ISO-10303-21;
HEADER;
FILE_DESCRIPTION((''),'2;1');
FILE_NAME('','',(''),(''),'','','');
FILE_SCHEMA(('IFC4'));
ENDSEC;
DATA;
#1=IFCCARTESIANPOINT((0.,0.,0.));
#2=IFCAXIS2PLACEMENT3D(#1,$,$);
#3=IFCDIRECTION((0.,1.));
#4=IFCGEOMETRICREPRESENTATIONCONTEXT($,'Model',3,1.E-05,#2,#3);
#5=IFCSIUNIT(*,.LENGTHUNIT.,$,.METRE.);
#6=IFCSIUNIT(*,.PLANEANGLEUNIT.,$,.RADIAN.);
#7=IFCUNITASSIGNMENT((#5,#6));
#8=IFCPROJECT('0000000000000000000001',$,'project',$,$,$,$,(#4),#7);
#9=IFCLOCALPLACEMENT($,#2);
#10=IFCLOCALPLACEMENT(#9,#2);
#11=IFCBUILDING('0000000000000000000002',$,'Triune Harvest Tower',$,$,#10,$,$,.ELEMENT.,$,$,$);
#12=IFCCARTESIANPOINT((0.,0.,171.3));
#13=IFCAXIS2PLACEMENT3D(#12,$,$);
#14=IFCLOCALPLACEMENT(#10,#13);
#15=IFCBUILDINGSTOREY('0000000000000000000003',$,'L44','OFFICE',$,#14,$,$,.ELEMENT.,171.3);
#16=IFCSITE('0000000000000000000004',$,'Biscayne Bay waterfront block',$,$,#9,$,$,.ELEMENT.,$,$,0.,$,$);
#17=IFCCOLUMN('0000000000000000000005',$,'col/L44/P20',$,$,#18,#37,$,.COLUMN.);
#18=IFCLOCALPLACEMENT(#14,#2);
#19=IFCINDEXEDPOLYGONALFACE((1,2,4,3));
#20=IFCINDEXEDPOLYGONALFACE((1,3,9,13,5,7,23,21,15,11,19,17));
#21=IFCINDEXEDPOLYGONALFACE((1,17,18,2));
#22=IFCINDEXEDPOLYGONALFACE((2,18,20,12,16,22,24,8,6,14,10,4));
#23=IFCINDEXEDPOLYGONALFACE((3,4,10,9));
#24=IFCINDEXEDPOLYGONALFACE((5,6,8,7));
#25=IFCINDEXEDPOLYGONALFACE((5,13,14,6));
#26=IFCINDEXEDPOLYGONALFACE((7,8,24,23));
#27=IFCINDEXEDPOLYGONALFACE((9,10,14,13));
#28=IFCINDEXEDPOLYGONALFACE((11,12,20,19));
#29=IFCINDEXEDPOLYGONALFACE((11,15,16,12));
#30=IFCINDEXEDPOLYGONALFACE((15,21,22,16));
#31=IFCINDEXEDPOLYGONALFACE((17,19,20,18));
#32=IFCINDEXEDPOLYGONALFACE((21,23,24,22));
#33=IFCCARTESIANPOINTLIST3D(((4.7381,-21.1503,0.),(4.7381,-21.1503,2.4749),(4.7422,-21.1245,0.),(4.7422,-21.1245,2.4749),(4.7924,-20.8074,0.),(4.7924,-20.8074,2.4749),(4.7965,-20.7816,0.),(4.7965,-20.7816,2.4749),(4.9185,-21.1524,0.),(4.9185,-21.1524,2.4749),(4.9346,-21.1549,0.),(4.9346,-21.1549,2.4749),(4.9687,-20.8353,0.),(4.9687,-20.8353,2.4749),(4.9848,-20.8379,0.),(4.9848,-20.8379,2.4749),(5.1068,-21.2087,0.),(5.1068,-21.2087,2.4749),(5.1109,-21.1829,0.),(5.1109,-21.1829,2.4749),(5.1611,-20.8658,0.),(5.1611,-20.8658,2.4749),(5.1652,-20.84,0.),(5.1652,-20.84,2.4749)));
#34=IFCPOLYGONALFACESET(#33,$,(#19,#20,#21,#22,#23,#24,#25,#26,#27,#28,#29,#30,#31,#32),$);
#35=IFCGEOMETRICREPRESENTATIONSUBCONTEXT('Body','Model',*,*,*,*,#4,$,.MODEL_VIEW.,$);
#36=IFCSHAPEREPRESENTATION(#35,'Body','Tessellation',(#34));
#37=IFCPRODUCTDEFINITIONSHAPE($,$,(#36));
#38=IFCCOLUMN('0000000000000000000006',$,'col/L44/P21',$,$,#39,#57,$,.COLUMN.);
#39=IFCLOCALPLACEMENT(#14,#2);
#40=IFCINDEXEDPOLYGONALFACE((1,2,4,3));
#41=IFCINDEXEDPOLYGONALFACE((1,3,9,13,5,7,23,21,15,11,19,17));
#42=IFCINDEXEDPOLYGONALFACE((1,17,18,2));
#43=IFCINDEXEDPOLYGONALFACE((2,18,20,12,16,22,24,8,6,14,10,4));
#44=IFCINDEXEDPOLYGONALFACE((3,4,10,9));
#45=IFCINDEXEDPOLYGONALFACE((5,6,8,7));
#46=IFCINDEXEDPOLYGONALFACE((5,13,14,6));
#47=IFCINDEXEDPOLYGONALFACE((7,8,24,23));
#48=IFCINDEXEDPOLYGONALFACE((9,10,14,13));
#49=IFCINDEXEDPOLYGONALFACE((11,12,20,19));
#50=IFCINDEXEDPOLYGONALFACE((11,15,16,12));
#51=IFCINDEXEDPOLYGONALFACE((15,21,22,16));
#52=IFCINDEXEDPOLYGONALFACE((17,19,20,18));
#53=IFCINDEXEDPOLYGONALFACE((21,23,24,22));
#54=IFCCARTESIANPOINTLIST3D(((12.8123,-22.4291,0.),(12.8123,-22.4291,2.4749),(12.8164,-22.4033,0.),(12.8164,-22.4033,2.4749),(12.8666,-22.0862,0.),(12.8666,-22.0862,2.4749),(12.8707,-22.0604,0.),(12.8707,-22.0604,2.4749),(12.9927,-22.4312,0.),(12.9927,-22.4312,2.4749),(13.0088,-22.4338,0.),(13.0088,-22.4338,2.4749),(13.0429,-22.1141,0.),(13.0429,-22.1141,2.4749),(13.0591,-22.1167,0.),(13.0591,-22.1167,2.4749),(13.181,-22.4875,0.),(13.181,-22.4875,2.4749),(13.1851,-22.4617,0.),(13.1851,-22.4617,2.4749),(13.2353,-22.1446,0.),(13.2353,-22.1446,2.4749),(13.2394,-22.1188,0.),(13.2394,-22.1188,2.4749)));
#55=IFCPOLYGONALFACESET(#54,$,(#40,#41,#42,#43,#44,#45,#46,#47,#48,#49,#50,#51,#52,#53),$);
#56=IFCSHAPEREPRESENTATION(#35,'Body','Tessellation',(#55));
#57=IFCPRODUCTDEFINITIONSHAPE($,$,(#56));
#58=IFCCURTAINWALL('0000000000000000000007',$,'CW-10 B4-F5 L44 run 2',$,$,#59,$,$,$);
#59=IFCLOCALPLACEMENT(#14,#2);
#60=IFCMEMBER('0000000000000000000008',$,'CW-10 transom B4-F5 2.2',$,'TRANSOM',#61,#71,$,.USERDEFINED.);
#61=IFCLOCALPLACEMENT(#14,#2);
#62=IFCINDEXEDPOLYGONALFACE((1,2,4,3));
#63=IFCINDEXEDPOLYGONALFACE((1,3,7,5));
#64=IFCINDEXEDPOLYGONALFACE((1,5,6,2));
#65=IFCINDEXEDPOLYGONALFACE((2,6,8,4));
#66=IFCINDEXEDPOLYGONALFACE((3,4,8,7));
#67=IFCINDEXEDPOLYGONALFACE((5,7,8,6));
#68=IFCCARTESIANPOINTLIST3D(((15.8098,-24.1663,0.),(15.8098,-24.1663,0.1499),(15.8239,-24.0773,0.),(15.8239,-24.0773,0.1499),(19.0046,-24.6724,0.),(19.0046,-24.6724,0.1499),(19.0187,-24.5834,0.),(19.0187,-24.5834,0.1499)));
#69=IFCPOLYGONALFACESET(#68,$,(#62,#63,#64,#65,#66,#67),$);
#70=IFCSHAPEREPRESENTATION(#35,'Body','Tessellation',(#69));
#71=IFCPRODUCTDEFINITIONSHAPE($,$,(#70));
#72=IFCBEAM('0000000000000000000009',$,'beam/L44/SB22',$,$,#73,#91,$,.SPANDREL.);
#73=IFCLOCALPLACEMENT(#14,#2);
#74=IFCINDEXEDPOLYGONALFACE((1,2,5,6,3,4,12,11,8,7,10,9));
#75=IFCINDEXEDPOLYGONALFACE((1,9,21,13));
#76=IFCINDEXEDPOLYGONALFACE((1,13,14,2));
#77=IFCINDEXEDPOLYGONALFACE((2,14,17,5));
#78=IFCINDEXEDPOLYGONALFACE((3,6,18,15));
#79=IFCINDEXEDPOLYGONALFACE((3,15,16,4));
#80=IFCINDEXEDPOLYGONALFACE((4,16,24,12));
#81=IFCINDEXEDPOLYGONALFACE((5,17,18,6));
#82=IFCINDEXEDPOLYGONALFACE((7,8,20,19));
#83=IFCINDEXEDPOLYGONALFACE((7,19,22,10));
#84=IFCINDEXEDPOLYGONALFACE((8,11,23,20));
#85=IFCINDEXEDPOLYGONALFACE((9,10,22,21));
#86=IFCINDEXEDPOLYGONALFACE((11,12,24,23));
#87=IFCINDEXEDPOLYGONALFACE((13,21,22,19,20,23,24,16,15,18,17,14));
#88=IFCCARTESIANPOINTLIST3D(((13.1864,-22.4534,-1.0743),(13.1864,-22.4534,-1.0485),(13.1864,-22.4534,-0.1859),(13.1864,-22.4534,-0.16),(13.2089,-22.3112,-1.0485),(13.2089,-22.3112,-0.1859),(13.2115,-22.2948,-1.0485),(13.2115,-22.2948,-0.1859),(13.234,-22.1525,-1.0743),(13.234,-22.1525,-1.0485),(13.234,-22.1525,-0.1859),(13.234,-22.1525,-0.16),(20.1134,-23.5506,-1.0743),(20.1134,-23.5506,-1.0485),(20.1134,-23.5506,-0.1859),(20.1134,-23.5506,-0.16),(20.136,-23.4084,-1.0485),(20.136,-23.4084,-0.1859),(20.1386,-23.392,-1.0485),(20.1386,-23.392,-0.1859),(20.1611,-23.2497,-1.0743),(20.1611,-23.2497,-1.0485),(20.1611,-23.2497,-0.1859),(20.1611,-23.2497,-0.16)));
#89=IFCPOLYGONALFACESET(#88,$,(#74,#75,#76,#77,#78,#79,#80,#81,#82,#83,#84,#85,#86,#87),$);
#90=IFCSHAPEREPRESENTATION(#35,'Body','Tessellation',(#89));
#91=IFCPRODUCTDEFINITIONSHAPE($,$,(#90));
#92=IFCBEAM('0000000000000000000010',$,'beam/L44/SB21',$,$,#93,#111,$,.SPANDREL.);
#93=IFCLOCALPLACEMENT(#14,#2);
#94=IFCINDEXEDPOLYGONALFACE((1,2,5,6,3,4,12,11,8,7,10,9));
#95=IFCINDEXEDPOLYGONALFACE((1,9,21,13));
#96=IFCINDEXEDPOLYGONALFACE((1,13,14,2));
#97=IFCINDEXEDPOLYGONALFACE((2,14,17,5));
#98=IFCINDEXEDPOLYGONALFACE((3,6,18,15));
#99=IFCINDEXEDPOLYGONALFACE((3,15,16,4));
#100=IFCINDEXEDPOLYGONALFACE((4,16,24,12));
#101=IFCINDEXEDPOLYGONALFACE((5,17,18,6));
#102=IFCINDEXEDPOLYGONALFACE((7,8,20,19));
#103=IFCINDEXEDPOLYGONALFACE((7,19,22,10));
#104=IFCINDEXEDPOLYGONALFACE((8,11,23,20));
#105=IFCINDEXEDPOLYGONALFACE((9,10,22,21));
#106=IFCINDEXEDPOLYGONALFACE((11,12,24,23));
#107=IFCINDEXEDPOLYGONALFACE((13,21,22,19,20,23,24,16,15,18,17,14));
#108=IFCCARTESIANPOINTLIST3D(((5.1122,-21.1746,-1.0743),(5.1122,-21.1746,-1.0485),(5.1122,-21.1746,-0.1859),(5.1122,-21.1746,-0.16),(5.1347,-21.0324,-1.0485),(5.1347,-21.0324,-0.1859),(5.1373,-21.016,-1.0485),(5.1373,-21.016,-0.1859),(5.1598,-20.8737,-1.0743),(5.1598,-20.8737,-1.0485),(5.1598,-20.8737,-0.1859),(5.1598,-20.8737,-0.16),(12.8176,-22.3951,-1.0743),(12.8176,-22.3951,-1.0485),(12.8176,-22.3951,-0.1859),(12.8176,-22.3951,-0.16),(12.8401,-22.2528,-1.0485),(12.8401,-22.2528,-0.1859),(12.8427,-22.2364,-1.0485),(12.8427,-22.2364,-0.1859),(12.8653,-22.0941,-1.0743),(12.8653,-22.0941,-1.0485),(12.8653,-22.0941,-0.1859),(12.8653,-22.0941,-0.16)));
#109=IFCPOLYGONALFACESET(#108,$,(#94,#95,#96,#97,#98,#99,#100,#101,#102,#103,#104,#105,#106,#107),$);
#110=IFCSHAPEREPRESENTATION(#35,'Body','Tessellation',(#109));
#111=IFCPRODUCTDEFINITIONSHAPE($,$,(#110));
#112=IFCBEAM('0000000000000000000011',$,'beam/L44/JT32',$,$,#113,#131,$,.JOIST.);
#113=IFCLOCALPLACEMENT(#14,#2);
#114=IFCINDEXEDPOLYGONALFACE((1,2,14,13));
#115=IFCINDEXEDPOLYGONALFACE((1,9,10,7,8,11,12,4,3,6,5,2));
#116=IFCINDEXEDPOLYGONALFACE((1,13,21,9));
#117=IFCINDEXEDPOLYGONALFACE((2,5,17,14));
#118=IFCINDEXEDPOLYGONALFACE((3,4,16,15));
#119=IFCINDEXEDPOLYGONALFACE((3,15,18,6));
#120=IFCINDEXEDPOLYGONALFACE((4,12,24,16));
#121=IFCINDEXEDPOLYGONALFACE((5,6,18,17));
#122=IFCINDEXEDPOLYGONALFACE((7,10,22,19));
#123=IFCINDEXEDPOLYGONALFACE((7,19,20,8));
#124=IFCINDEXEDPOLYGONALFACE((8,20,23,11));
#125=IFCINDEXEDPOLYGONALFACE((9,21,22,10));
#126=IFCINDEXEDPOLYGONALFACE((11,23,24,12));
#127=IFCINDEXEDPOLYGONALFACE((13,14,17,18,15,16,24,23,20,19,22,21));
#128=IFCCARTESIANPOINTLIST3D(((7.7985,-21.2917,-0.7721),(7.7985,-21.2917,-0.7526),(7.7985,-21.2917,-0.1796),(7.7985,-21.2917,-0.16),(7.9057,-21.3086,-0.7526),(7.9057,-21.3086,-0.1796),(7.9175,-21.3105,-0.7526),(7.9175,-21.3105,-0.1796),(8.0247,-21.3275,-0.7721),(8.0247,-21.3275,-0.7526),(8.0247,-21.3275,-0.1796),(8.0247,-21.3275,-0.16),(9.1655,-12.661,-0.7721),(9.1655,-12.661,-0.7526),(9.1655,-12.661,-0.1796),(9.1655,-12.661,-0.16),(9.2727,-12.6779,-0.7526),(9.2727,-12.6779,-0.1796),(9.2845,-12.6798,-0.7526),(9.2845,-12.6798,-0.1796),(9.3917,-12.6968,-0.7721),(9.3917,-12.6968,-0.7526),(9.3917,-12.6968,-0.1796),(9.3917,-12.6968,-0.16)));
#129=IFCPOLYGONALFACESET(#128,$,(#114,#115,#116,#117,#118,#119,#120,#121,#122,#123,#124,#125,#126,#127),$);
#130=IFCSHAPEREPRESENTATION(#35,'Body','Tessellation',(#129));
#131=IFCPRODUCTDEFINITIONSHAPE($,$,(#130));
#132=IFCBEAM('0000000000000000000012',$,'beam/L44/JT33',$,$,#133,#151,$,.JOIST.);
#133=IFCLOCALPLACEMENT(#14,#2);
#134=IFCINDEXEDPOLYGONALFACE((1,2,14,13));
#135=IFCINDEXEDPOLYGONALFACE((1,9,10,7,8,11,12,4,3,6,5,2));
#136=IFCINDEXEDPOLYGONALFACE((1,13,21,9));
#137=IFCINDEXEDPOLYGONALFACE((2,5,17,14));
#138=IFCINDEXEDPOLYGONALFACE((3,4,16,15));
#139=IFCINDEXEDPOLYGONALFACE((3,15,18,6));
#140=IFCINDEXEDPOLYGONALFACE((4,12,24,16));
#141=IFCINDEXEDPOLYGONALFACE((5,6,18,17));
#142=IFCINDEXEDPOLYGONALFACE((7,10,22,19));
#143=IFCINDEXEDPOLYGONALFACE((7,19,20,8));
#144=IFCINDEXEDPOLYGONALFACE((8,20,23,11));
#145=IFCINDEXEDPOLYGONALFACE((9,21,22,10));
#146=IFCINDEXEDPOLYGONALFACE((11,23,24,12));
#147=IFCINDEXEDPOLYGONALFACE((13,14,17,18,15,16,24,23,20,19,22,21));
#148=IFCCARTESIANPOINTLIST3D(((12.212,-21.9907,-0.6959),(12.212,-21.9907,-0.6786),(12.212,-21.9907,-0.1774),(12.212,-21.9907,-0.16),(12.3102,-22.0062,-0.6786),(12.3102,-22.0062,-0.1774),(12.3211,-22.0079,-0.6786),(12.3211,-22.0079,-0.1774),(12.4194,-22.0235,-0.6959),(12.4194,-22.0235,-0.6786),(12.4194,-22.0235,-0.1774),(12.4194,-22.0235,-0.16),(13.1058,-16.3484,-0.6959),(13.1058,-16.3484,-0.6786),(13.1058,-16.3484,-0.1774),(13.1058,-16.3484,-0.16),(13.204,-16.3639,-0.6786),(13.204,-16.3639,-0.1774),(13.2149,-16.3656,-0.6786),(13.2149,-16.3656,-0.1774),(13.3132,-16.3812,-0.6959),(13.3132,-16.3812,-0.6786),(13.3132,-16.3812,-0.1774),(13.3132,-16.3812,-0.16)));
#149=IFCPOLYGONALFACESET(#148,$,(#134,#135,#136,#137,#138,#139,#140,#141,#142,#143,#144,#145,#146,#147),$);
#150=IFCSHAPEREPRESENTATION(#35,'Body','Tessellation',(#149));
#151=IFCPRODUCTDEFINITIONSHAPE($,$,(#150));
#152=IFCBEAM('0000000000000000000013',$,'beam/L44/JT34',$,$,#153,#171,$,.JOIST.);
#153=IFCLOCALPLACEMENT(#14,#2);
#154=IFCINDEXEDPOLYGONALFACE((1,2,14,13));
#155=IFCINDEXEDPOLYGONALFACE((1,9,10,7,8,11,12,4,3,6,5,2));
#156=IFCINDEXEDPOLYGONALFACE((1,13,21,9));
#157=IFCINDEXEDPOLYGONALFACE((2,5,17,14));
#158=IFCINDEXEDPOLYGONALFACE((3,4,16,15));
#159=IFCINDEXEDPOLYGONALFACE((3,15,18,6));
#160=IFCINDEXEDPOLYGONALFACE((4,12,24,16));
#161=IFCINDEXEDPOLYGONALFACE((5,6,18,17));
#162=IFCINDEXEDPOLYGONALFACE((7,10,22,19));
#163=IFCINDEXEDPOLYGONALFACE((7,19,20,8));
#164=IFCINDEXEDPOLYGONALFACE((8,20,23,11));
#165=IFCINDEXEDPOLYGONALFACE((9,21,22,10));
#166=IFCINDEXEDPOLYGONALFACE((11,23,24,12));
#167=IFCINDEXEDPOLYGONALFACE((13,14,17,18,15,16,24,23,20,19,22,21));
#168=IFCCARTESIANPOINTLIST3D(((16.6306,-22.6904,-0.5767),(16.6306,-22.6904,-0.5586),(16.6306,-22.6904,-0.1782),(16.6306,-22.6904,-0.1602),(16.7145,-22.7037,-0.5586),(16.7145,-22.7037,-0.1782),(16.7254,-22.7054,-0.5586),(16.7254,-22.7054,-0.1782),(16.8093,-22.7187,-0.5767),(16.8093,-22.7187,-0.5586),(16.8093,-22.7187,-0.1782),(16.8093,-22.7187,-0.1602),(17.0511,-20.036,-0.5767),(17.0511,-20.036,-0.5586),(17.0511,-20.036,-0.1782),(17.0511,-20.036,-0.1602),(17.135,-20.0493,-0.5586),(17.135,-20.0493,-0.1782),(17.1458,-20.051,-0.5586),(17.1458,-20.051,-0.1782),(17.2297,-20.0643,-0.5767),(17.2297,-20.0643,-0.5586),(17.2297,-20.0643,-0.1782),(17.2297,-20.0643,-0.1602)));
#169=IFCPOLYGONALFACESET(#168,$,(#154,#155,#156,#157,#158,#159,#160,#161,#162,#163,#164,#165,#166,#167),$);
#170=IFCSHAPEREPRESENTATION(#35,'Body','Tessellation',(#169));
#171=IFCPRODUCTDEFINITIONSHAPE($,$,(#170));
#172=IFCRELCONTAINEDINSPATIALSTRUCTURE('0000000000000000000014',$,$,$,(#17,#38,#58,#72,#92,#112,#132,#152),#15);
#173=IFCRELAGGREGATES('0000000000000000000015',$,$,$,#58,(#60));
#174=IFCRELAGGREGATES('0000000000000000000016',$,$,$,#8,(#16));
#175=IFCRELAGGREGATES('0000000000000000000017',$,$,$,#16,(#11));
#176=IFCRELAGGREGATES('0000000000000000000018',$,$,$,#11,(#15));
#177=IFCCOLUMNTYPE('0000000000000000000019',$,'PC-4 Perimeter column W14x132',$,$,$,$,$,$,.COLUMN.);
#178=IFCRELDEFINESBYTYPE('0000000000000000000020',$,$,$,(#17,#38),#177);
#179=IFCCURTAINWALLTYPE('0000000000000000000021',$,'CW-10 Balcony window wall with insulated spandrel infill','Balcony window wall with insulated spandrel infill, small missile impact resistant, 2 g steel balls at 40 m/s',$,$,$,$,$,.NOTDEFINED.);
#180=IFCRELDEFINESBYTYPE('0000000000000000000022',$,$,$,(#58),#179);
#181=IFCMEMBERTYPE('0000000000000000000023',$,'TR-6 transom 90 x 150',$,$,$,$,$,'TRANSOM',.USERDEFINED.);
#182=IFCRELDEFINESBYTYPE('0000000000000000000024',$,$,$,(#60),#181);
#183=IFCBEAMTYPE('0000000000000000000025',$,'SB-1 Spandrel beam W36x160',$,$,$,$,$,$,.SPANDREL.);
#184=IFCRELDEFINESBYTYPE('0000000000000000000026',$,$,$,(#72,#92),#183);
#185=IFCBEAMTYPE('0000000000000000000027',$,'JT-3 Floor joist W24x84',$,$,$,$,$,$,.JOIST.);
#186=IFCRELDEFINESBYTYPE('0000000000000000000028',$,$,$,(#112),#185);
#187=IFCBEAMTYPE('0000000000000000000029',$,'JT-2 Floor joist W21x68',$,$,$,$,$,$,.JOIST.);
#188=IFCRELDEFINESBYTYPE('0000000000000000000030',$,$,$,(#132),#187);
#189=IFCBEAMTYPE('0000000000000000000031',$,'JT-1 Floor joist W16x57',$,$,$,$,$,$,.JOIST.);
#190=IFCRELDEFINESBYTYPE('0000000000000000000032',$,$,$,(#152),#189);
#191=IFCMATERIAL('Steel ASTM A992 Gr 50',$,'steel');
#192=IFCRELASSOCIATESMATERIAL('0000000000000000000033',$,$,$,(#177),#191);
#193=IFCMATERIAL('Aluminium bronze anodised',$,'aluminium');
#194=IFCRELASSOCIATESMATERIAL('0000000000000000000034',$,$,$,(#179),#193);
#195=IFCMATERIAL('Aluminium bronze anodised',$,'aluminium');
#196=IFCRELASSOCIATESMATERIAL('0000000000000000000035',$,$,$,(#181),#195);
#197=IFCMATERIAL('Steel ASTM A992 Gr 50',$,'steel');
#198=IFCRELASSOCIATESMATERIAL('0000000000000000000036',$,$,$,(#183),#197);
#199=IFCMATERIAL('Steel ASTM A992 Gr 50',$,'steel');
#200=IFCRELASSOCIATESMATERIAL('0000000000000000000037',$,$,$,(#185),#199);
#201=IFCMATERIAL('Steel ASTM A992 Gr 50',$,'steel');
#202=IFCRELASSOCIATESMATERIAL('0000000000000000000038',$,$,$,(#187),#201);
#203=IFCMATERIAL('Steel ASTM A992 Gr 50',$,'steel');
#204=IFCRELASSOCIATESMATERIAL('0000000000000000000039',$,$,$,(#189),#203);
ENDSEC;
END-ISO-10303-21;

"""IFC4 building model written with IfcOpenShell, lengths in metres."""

from ifc_helpers import new_model, si_unit, direction, frame, origin, origin_2d, place, context, subcontext, project, spatial, rectangle, i_section, extrude, source, transform, mapped, material, material_profile, profile_set, type_object, element, aggregate, save


model = new_model("IFC4")

# Units and contexts
model_context = context("Model", 3, precision=1e-05, world=origin(), true_north=direction((0.0, 1.0)))
body_context = subcontext(model_context, "Body", "Model", "MODEL_VIEW")
ifc_project = project(units=[si_unit("LENGTHUNIT", "METRE"), si_unit("PLANEANGLEUNIT", "RADIAN")], contexts=[model_context])

# Site, building, storey
site_placement = place(None, origin())
site = spatial("IfcSite", under=ifc_project, at=site_placement, Name="Biscayne Bay waterfront block", CompositionType="ELEMENT", RefElevation=0.0)
building_placement = place(site_placement, origin())
building = spatial("IfcBuilding", under=site, at=building_placement, Name="Triune Harvest Tower", CompositionType="ELEMENT")
storey_placement = place(building_placement, frame((0.0, 0.0, 171.3)))
storey = spatial("IfcBuildingStorey", under=building, at=storey_placement, Name="L44", Description="OFFICE", CompositionType="ELEMENT", Elevation=171.3)

# Columns
ifc_material_1 = material(Name="Steel ASTM A992 Gr 50", Category="steel")
ifc_material_profile_1 = material_profile(ifc_material_1, i_section(OverallWidth=0.3733, OverallDepth=0.3733, WebThickness=0.0164, FlangeThickness=0.0261, at=origin_2d()), Name="W14x132")
ifc_profile_set_1 = profile_set([ifc_material_profile_1], Name="Steel ASTM A992 Gr 50")
column_type = type_object("IfcColumnType", Name="PC-4 Perimeter column W14x132", PredefinedType="COLUMN", material=ifc_profile_set_1)
shared_shape_1 = source(origin(), body_context, "Body", "SweptSolid", [
    extrude(i_section(OverallWidth=0.3733, OverallDepth=0.3733, WebThickness=0.0164, FlangeThickness=0.0261, at=origin_2d()), origin(), (0.0, 0.0, 1.0), 2.4749),
])
for number, where, z_axis, x_axis, name in (
    (1, (4.9517, -20.9951, 0.0), (0.0, 0.0, 1.0), (0.987688, -0.156434, 0.0), "col/L44/P20"),
    (2, (13.0259, -22.2739, 0.0), (0.0, 0.0, 1.0), (0.987688, -0.156434, 0.0), "col/L44/P21"),
):
    element("IfcColumn", number, at=place(storey_placement, frame(where, z_axis=z_axis, x_axis=x_axis)), inside=storey, type_object=column_type, Name=name, PredefinedType="COLUMN", context=body_context, shape_type="MappedRepresentation", body=[
        mapped(shared_shape_1, transform((0.0, 0.0, 0.0), scale=1.0)),
    ])

# Curtain wall, member
ifc_material_2 = material(Name="Aluminium bronze anodised", Category="aluminium")
curtain_wall_type_1 = type_object("IfcCurtainWallType", Name="CW-10 Balcony window wall with insulated spandrel infill", Description="Balcony window wall with insulated spandrel infill, small missile impact resistant, 2 g steel balls at 40 m/s", PredefinedType="NOTDEFINED", material=ifc_material_2)
curtain_wall_1_placement = place(storey_placement, origin())
curtain_wall_1 = element("IfcCurtainWall", 3, at=curtain_wall_1_placement, inside=storey, type_object=curtain_wall_type_1, Name="CW-10 B4-F5 L44 run 2")
ifc_material_3 = material(Name="Aluminium bronze anodised", Category="aluminium")
ifc_material_profile_2 = material_profile(ifc_material_3, rectangle(XDim=0.0901, YDim=0.1499, at=origin_2d()), Name="TR-6 transom 90 x 150")
ifc_profile_set_2 = profile_set([ifc_material_profile_2], Name="Aluminium bronze anodised")
member_type_1 = type_object("IfcMemberType", Name="TR-6 transom 90 x 150", ElementType="TRANSOM", PredefinedType="USERDEFINED", material=ifc_profile_set_2)
member_1_placement = place(storey_placement, frame((15.8169, -24.1218, 0.075), z_axis=(0.987684, -0.156463, 0.0), x_axis=(0.156463, 0.987684, 0.0)))
member_1 = element("IfcMember", 4, at=member_1_placement, type_object=member_type_1, Name="CW-10 transom B4-F5 2.2", ObjectType="TRANSOM", PredefinedType="USERDEFINED", context=body_context, shape_type="SweptSolid", body=[
    extrude(rectangle(XDim=0.0901, YDim=0.1499, at=origin_2d()), origin(), (0.0, 0.0, 1.0), 3.2346),
])

# Beams
ifc_material_4 = material(Name="Steel ASTM A992 Gr 50", Category="steel")
ifc_material_profile_3 = material_profile(ifc_material_4, i_section(OverallWidth=0.3047, OverallDepth=0.9143, WebThickness=0.0166, FlangeThickness=0.0259, at=origin_2d()), Name="W36x160")
ifc_profile_set_3 = profile_set([ifc_material_profile_3], Name="Steel ASTM A992 Gr 50")
beam_type_1 = type_object("IfcBeamType", Name="SB-1 Spandrel beam W36x160", PredefinedType="SPANDREL", material=ifc_profile_set_3)
shared_shape_2 = source(origin(), body_context, "Body", "SweptSolid", [
    extrude(i_section(OverallWidth=0.3047, OverallDepth=0.9143, WebThickness=0.0166, FlangeThickness=0.0259, at=origin_2d()), origin(), (0.0, 0.0, 1.0), 7.0134),
])
beam_1_placement = place(storey_placement, frame((13.2102, -22.303, -0.6172), z_axis=(0.987687, -0.15644, 0.0), x_axis=(0.15644, 0.987687, 0.0)))
element("IfcBeam", 5, at=beam_1_placement, inside=storey, type_object=beam_type_1, Name="beam/L44/SB22", PredefinedType="SPANDREL", context=body_context, shape_type="MappedRepresentation", body=[
    mapped(shared_shape_2, transform((0.0, 0.0, 0.0), scale=1.0)),
])
shared_shape_3 = source(origin(), body_context, "Body", "SweptSolid", [
    extrude(i_section(OverallWidth=0.3047, OverallDepth=0.9143, WebThickness=0.0166, FlangeThickness=0.0259, at=origin_2d()), origin(), (0.0, 0.0, 1.0), 7.8015),
])
beam_2_placement = place(storey_placement, frame((5.136, -21.0242, -0.6172), z_axis=(0.987688, -0.156437, 0.0), x_axis=(0.156437, 0.987688, 0.0)))
element("IfcBeam", 6, at=beam_2_placement, inside=storey, type_object=beam_type_1, Name="beam/L44/SB21", PredefinedType="SPANDREL", context=body_context, shape_type="MappedRepresentation", body=[
    mapped(shared_shape_3, transform((0.0, 0.0, 0.0), scale=1.0)),
])
ifc_material_5 = material(Name="Steel ASTM A992 Gr 50", Category="steel")
ifc_material_profile_4 = material_profile(ifc_material_5, i_section(OverallWidth=0.229, OverallDepth=0.6121, WebThickness=0.012, FlangeThickness=0.0195, at=origin_2d()), Name="W24x84")
ifc_profile_set_4 = profile_set([ifc_material_profile_4], Name="Steel ASTM A992 Gr 50")
beam_type_2 = type_object("IfcBeamType", Name="JT-3 Floor joist W24x84", PredefinedType="JOIST", material=ifc_profile_set_4)
shared_shape_4 = source(origin(), body_context, "Body", "SweptSolid", [
    extrude(i_section(OverallWidth=0.229, OverallDepth=0.6121, WebThickness=0.012, FlangeThickness=0.0195, at=origin_2d()), origin(), (0.0, 0.0, 1.0), 8.7383),
])
beam_3_placement = place(storey_placement, frame((7.9116, -21.3096, -0.4661), z_axis=(0.156433, 0.987689, 0.0), x_axis=(-0.987689, 0.156433, 0.0)))
element("IfcBeam", 7, at=beam_3_placement, inside=storey, type_object=beam_type_2, Name="beam/L44/JT32", PredefinedType="JOIST", context=body_context, shape_type="MappedRepresentation", body=[
    mapped(shared_shape_4, transform((0.0, 0.0, 0.0), scale=1.0)),
])
ifc_material_6 = material(Name="Steel ASTM A992 Gr 50", Category="steel")
ifc_material_profile_5 = material_profile(ifc_material_6, i_section(OverallWidth=0.21, OverallDepth=0.5359, WebThickness=0.011, FlangeThickness=0.0173, at=origin_2d()), Name="W21x68")
ifc_profile_set_5 = profile_set([ifc_material_profile_5], Name="Steel ASTM A992 Gr 50")
beam_type_3 = type_object("IfcBeamType", Name="JT-2 Floor joist W21x68", PredefinedType="JOIST", material=ifc_profile_set_5)
shared_shape_5 = source(origin(), body_context, "Body", "SweptSolid", [
    extrude(i_section(OverallWidth=0.21, OverallDepth=0.5359, WebThickness=0.011, FlangeThickness=0.0173, at=origin_2d()), origin(), (0.0, 0.0, 1.0), 5.7126),
])
beam_4_placement = place(storey_placement, frame((12.3157, -22.0071, -0.428), z_axis=(0.156459, 0.987685, 0.0), x_axis=(-0.987685, 0.156459, 0.0)))
element("IfcBeam", 8, at=beam_4_placement, inside=storey, type_object=beam_type_3, Name="beam/L44/JT33", PredefinedType="JOIST", context=body_context, shape_type="MappedRepresentation", body=[
    mapped(shared_shape_5, transform((0.0, 0.0, 0.0), scale=1.0)),
])
ifc_material_7 = material(Name="Steel ASTM A992 Gr 50", Category="steel")
ifc_material_profile_6 = material_profile(ifc_material_7, i_section(OverallWidth=0.1809, OverallDepth=0.4165, WebThickness=0.011, FlangeThickness=0.0181, at=origin_2d()), Name="W16x57")
ifc_profile_set_6 = profile_set([ifc_material_profile_6], Name="Steel ASTM A992 Gr 50")
beam_type_4 = type_object("IfcBeamType", Name="JT-1 Floor joist W16x57", PredefinedType="JOIST", material=ifc_profile_set_6)
shared_shape_6 = source(origin(), body_context, "Body", "SweptSolid", [
    extrude(i_section(OverallWidth=0.1809, OverallDepth=0.4165, WebThickness=0.011, FlangeThickness=0.0181, at=origin_2d()), origin(), (0.0, 0.0, 1.0), 2.6875),
])
beam_5_placement = place(storey_placement, frame((16.72, -22.7046, -0.3684), z_axis=(0.156438, 0.987688, 0.0), x_axis=(-0.987688, 0.156438, 0.0)))
element("IfcBeam", 9, at=beam_5_placement, inside=storey, type_object=beam_type_4, Name="beam/L44/JT34", PredefinedType="JOIST", context=body_context, shape_type="MappedRepresentation", body=[
    mapped(shared_shape_6, transform((0.0, 0.0, 0.0), scale=1.0)),
])

aggregate(curtain_wall_1, [member_1])

save(model, "model.ifc")
